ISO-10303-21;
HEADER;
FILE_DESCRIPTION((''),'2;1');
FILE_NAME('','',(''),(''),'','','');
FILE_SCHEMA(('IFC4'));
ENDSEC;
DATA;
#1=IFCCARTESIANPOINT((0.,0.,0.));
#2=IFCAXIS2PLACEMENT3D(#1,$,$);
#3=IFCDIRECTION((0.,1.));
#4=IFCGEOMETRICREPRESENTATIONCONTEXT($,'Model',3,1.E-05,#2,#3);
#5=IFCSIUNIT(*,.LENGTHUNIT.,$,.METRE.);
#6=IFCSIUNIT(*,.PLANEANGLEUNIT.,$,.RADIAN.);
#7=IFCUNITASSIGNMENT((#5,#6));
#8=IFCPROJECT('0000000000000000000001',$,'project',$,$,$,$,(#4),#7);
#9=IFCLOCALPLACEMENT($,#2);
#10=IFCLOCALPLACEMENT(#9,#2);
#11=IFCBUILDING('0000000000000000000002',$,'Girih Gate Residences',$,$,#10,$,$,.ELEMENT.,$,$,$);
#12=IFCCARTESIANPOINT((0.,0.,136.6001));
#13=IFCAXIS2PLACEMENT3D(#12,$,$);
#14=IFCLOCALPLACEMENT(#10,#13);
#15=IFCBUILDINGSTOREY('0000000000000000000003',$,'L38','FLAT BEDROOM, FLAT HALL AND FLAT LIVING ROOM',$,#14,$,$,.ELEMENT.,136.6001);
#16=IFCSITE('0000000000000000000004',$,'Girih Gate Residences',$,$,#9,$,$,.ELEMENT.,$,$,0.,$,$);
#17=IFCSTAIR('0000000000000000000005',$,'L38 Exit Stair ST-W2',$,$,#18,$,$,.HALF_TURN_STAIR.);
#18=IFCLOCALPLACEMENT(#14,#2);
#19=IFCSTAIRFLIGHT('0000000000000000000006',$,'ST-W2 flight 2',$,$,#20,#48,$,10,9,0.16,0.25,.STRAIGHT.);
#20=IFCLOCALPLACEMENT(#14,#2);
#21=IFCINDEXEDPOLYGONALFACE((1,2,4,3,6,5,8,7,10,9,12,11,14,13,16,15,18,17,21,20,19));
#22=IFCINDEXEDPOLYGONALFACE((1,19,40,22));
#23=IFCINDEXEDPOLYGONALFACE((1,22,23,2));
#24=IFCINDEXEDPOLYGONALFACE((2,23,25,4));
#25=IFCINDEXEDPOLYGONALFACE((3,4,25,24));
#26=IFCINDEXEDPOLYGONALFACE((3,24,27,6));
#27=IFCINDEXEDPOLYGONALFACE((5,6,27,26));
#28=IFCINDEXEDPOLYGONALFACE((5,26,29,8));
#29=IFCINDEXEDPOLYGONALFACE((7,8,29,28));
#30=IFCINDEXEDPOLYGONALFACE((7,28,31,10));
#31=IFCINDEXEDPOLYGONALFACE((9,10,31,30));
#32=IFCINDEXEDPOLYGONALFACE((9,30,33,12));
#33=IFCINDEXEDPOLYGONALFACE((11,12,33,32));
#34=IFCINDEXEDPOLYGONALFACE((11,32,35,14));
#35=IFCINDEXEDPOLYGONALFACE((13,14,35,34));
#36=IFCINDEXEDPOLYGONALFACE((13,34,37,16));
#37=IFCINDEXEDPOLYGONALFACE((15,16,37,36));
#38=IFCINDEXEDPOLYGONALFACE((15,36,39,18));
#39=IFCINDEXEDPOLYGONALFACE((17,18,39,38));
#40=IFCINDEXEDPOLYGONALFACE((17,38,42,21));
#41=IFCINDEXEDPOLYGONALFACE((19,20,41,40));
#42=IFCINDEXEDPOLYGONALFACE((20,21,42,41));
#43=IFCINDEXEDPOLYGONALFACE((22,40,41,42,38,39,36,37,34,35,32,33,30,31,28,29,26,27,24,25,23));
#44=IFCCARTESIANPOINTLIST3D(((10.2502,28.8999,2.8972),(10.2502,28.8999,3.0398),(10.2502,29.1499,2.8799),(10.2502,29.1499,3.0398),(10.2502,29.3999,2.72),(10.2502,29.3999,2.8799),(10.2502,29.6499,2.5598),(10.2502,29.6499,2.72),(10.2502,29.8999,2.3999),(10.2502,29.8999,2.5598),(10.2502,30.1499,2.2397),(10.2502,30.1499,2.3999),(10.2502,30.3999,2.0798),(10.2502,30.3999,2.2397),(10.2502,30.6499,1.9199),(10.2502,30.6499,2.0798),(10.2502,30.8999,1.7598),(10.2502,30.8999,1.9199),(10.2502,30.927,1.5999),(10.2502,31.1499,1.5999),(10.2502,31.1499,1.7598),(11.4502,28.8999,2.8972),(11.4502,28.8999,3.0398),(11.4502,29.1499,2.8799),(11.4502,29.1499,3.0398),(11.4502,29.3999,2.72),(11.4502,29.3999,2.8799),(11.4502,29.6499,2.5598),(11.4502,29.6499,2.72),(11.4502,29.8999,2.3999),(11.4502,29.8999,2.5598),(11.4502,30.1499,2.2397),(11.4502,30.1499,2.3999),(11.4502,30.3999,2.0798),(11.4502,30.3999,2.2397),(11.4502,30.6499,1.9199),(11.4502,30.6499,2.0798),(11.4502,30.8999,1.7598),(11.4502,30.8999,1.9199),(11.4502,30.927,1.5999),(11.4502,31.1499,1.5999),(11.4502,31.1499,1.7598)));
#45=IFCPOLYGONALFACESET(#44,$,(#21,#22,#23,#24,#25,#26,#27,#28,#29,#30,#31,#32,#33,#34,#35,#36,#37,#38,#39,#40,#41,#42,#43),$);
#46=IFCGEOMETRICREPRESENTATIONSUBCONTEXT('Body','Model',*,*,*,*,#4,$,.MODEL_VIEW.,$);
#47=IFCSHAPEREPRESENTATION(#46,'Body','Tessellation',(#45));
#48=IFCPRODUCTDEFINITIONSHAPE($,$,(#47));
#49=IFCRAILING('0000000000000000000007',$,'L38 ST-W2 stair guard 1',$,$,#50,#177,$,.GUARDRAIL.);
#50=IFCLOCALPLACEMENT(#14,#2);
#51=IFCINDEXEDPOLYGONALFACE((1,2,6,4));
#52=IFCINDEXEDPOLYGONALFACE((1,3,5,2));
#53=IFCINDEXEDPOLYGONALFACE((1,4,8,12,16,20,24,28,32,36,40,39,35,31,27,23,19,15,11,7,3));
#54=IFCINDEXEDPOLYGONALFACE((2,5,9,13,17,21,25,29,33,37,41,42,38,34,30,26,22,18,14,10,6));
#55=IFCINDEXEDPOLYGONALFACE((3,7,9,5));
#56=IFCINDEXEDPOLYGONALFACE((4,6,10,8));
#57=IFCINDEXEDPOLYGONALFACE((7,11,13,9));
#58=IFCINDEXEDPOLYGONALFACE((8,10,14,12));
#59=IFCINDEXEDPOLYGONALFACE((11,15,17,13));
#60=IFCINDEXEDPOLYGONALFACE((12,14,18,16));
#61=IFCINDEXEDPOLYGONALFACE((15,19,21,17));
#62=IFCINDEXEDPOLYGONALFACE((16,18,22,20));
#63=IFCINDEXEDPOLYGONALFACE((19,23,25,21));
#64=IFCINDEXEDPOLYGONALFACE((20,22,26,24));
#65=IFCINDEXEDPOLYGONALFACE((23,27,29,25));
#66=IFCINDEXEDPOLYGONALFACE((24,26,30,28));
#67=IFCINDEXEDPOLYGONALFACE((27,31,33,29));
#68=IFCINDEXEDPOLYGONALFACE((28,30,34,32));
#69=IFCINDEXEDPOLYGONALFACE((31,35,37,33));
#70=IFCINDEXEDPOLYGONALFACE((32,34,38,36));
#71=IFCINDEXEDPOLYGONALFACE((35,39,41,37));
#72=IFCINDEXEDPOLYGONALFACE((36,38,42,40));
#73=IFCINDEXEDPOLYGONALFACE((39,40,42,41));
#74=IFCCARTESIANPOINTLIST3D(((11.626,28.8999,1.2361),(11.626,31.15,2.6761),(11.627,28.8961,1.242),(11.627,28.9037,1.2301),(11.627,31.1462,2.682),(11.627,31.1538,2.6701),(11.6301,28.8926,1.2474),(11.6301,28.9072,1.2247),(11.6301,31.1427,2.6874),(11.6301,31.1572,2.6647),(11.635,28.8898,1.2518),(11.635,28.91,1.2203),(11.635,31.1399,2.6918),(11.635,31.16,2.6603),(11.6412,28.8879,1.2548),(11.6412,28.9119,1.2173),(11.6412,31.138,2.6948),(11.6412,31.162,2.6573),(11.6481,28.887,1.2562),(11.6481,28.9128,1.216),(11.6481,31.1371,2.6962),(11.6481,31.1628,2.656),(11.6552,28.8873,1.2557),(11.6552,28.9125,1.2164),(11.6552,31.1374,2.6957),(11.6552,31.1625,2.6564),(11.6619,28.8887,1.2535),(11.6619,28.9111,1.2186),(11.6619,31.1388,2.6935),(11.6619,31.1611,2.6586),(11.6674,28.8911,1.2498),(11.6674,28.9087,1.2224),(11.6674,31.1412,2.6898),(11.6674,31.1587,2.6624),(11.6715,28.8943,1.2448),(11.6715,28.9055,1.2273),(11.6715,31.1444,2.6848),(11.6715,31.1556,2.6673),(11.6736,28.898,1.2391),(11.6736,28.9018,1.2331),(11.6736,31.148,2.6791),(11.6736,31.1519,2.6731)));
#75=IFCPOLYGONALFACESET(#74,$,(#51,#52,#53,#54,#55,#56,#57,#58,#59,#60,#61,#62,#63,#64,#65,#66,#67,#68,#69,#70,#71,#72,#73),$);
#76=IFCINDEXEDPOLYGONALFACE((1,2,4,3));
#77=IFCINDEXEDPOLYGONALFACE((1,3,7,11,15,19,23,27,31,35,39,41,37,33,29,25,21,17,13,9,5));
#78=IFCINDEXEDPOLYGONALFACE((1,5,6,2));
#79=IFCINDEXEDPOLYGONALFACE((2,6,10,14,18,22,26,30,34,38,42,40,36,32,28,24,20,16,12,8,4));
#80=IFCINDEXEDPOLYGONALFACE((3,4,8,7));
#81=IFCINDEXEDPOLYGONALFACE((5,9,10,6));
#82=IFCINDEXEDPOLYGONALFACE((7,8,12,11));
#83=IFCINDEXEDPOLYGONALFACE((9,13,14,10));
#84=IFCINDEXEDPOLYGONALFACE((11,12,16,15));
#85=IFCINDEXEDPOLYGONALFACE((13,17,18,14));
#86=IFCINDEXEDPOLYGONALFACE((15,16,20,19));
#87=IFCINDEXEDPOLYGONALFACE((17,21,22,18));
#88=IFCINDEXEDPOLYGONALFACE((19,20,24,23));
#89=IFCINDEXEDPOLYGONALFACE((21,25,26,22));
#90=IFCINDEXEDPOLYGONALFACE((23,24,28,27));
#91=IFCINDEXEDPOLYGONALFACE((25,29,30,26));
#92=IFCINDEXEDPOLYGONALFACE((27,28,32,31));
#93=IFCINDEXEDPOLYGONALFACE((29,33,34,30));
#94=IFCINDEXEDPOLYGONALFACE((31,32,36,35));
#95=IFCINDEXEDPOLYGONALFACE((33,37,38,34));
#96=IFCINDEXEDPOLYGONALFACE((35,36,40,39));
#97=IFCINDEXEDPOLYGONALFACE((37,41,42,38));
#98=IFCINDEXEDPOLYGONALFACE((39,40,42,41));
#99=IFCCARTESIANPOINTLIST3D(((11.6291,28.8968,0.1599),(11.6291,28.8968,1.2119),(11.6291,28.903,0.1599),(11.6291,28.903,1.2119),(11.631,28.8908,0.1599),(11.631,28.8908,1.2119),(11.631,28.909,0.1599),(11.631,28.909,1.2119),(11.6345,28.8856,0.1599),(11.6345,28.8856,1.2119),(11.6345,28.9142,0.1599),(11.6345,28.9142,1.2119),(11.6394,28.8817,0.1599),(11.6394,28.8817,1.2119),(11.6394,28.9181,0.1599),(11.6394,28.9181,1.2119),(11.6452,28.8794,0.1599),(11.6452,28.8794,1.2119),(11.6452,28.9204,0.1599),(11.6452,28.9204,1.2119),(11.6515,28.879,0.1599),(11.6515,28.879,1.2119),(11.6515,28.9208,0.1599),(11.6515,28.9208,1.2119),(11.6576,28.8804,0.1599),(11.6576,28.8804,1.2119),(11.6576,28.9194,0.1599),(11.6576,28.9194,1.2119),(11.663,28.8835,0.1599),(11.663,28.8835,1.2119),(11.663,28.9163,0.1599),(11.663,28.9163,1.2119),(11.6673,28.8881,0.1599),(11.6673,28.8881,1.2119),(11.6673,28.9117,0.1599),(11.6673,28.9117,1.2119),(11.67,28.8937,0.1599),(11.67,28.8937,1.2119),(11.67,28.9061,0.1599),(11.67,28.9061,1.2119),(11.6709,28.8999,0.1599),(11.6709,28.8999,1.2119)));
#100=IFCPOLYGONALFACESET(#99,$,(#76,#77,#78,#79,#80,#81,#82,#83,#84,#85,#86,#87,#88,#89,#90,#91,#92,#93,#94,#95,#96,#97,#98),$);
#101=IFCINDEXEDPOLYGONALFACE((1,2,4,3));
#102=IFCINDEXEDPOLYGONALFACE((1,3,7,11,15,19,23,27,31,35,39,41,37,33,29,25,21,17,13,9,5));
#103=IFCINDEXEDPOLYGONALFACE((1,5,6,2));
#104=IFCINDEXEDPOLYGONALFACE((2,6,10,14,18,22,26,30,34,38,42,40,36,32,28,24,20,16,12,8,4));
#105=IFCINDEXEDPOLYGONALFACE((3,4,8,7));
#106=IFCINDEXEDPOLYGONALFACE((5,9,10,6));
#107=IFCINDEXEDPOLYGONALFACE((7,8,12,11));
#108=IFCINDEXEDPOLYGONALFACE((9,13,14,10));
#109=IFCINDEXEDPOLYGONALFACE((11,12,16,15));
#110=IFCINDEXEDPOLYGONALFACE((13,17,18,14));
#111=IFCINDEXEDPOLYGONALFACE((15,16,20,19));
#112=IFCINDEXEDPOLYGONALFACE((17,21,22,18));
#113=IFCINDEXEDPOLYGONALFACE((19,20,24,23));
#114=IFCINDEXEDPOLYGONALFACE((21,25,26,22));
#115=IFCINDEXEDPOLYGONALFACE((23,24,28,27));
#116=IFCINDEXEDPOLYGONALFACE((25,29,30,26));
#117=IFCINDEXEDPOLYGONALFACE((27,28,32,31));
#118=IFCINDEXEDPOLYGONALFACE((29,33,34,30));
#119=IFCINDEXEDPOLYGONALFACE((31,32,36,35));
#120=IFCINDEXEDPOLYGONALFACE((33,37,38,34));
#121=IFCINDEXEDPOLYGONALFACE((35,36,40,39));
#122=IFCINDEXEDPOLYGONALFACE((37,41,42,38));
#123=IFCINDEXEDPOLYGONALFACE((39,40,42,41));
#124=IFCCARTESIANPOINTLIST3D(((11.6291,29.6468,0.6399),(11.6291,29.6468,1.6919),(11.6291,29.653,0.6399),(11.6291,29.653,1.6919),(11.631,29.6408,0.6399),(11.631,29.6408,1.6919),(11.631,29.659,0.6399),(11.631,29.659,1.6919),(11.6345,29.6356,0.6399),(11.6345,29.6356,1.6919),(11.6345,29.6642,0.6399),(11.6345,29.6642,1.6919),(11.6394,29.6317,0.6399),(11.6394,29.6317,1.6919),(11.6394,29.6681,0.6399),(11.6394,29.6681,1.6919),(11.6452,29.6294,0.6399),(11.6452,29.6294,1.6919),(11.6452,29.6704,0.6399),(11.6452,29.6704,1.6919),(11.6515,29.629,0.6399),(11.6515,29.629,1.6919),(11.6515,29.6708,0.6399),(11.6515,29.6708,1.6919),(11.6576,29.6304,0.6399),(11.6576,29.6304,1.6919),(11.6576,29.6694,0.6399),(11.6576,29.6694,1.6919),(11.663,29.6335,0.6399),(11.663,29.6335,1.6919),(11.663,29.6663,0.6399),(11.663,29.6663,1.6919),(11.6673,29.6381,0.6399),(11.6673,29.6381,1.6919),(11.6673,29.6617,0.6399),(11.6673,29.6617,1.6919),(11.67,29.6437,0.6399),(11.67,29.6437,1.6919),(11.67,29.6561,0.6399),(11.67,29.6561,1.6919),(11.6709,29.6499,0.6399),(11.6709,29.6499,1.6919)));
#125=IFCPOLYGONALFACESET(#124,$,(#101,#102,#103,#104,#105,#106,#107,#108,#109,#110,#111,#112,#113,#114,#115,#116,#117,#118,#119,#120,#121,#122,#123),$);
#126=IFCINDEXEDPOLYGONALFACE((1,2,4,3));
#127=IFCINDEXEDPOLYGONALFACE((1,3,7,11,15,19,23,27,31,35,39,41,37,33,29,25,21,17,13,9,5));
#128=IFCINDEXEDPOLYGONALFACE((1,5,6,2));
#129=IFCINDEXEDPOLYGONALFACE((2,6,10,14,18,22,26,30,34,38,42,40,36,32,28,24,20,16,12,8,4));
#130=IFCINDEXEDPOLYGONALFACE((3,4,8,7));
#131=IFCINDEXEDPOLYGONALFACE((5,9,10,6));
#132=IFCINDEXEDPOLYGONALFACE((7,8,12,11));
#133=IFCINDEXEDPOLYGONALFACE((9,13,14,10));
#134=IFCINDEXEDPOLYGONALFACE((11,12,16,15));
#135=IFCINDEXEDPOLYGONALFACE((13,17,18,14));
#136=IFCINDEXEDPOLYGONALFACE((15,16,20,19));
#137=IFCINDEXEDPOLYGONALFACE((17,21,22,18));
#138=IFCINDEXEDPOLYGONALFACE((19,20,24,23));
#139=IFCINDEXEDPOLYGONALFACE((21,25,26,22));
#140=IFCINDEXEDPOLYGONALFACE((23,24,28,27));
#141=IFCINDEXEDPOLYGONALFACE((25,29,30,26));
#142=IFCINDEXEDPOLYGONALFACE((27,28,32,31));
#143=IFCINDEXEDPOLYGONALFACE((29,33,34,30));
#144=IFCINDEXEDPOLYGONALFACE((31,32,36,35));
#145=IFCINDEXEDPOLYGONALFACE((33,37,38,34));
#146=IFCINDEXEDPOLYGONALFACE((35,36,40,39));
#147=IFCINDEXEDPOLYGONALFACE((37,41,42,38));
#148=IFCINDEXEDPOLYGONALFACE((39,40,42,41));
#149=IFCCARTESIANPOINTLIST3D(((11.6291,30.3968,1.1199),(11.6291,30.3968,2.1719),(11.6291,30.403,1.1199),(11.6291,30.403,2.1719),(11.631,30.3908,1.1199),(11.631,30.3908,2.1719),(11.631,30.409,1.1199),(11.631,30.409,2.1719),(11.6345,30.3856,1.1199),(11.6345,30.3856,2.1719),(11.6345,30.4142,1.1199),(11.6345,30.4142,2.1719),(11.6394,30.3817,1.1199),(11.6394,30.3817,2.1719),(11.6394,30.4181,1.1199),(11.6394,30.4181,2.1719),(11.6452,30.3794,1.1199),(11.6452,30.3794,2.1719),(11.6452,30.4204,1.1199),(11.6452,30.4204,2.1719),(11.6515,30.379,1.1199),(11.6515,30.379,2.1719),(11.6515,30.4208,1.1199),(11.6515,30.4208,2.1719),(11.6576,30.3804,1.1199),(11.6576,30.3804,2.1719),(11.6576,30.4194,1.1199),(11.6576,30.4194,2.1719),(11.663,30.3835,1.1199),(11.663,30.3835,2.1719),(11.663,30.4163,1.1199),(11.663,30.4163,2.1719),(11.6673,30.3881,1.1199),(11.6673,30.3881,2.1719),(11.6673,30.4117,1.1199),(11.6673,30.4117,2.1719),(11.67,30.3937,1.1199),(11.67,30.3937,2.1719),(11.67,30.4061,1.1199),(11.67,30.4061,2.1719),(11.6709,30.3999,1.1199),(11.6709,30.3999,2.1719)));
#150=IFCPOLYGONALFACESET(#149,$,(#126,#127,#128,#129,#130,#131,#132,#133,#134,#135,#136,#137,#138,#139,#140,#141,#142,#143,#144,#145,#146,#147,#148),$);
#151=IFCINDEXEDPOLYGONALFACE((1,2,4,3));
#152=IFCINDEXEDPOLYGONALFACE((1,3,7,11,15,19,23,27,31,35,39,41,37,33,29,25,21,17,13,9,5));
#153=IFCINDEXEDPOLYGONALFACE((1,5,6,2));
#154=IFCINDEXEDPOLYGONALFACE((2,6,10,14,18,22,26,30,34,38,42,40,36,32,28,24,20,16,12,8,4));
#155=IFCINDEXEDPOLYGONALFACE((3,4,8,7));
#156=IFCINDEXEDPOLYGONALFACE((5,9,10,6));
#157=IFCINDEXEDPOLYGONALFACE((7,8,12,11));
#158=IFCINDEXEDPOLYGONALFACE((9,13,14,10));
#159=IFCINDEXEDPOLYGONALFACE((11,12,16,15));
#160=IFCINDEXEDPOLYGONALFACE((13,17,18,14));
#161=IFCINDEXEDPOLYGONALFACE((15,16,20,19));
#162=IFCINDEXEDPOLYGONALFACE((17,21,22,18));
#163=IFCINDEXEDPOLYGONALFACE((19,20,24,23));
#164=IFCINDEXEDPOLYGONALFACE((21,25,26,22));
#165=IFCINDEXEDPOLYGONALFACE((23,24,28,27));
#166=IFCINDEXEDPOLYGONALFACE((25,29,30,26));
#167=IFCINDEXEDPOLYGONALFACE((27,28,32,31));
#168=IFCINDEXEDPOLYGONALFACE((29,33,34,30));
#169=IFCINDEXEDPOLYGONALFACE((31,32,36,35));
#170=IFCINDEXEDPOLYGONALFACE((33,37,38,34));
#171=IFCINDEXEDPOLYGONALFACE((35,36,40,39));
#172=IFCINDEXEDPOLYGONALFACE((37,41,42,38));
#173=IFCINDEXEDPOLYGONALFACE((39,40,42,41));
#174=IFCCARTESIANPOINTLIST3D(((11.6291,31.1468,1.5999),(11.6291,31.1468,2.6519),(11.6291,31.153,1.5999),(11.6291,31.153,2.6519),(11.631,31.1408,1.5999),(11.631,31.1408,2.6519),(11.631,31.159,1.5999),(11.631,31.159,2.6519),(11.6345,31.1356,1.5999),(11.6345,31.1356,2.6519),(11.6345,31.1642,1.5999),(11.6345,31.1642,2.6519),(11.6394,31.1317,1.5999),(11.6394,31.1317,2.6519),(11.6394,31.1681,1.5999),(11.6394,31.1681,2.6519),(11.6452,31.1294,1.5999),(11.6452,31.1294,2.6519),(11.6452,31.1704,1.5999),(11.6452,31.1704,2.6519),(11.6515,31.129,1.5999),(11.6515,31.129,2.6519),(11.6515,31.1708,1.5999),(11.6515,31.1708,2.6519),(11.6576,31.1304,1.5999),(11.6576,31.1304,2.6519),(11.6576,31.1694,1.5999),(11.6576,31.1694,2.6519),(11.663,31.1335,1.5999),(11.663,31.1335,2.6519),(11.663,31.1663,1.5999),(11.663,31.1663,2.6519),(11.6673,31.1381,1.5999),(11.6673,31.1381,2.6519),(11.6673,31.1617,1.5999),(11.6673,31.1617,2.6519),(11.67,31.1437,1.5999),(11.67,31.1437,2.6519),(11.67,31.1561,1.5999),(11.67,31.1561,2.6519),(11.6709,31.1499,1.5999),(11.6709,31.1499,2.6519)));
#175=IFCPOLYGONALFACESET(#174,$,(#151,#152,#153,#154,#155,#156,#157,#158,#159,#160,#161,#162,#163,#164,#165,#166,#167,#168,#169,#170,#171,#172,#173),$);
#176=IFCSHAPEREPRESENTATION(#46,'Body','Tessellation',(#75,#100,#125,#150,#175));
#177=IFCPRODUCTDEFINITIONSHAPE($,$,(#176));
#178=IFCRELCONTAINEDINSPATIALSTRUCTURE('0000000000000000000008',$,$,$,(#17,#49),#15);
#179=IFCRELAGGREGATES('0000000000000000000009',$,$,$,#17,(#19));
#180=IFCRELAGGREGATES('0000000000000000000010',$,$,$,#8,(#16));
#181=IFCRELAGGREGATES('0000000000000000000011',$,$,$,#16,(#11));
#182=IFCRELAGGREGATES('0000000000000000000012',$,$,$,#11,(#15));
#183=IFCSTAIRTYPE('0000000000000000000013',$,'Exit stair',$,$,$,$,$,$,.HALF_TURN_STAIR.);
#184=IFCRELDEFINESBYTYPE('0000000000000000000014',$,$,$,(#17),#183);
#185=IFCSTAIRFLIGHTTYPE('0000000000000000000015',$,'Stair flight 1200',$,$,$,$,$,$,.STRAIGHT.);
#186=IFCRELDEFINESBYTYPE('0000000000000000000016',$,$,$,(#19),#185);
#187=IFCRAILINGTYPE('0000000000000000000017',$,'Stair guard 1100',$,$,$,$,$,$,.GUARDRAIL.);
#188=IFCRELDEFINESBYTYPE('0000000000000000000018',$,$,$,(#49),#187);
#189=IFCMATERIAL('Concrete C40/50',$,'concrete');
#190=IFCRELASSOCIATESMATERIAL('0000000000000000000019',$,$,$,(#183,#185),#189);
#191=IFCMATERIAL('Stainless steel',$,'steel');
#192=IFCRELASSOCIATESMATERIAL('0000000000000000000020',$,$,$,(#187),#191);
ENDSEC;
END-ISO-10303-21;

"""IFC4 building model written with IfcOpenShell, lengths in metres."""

from ifc_helpers import new_model, si_unit, direction, frame, origin, origin_2d, place, context, subcontext, project, spatial, polyline, circle, outline, extrude, material, type_object, element, aggregate, save


model = new_model("IFC4")

# Units and contexts
model_context = context("Model", 3, precision=1e-05, world=origin(), true_north=direction((0.0, 1.0)))
body_context = subcontext(model_context, "Body", "Model", "MODEL_VIEW")
ifc_project = project(units=[si_unit("LENGTHUNIT", "METRE"), si_unit("PLANEANGLEUNIT", "RADIAN")], contexts=[model_context])

# Site, building, storey
site_placement = place(None, origin())
site = spatial("IfcSite", under=ifc_project, at=site_placement, Name="Girih Gate Residences", CompositionType="ELEMENT", RefElevation=0.0)
building_placement = place(site_placement, origin())
building = spatial("IfcBuilding", under=site, at=building_placement, Name="Girih Gate Residences", CompositionType="ELEMENT")
storey_placement = place(building_placement, frame((0.0, 0.0, 136.6001)))
storey = spatial("IfcBuildingStorey", under=building, at=storey_placement, Name="L38", Description="FLAT BEDROOM, FLAT HALL AND FLAT LIVING ROOM", CompositionType="ELEMENT", Elevation=136.6001)

# Shared definitions
ifc_material_1 = material(Name="Concrete C40/50", Category="concrete")

# Stair, stair flight
stair_type = type_object("IfcStairType", Name="Exit stair", PredefinedType="HALF_TURN_STAIR", material=ifc_material_1)
stair_placement = place(storey_placement, origin())
stair = element("IfcStair", 1, at=stair_placement, inside=storey, type_object=stair_type, Name="L38 Exit Stair ST-W2", PredefinedType="HALF_TURN_STAIR")
stair_flight_type = type_object("IfcStairFlightType", Name="Stair flight 1200", PredefinedType="STRAIGHT", material=ifc_material_1)
stair_flight_1_placement = place(storey_placement, frame((10.8501, 31.1499, 1.5999), z_axis=(0.0, 0.0, 1.0), x_axis=(0.0, -1.0, 0.0)))
stair_flight_1 = element("IfcStairFlight", 2, at=stair_flight_1_placement, type_object=stair_flight_type, Name="ST-W2 flight 2", NumberOfRisers=10, NumberOfTreads=9, PredefinedType="STRAIGHT", RiserHeight=0.16, TreadLength=0.25, context=body_context, shape_type="SweptSolid", body=[
    extrude(outline(polyline([(0.0, 0.0), (0.0, 0.1599), (0.25, 0.1599), (0.25, 0.3201), (0.5, 0.3201), (0.5, 0.48), (0.75, 0.48), (0.75, 0.6399), (1.0, 0.6399), (1.0, 0.8), (1.25, 0.8), (1.25, 0.96), (1.5, 0.96), (1.5, 1.1201), (1.75, 1.1201), (1.75, 1.28), (2.0, 1.28), (2.0, 1.4399), (2.25, 1.4399), (2.25, 1.6001), (2.25, 1.2974), (0.2229, 0.0), (0.0, 0.0)])), frame((0.0, 0.6001, 0.0), z_axis=(0.0, -1.0, 0.0), x_axis=(1.0, 0.0, 0.0)), (0.0, 0.0, 1.0), 1.2),
])
aggregate(stair, [stair_flight_1])

# Railing
ifc_material_2 = material(Name="Stainless steel", Category="steel")
railing_type_1 = type_object("IfcRailingType", Name="Stair guard 1100", PredefinedType="GUARDRAIL", material=ifc_material_2)
railing_1_placement = place(storey_placement, frame((11.6499, 28.8999, 0.1599)))
element("IfcRailing", 3, at=railing_1_placement, inside=storey, type_object=railing_type_1, Name="L38 ST-W2 stair guard 1", PredefinedType="GUARDRAIL", context=body_context, shape_type="SweptSolid", body=[
    extrude(circle(Radius=0.0239, at=origin_2d()), frame((0.0, 0.0, 1.0762), z_axis=(0.0, 0.842281, 0.539038), x_axis=(-1.0, 0.0, 0.0)), (0.0, 0.0, 1.0), 2.6714),
    extrude(circle(Radius=0.021, at=origin_2d()), origin(), (0.0, 0.0, 1.0), 1.052),
    extrude(circle(Radius=0.021, at=origin_2d()), frame((0.0, 0.75, 0.48)), (0.0, 0.0, 1.0), 1.052),
    extrude(circle(Radius=0.021, at=origin_2d()), frame((0.0, 1.5, 0.96)), (0.0, 0.0, 1.0), 1.052),
    extrude(circle(Radius=0.021, at=origin_2d()), frame((0.0, 2.25, 1.4399)), (0.0, 0.0, 1.0), 1.052),
])

save(model, "model.ifc")
